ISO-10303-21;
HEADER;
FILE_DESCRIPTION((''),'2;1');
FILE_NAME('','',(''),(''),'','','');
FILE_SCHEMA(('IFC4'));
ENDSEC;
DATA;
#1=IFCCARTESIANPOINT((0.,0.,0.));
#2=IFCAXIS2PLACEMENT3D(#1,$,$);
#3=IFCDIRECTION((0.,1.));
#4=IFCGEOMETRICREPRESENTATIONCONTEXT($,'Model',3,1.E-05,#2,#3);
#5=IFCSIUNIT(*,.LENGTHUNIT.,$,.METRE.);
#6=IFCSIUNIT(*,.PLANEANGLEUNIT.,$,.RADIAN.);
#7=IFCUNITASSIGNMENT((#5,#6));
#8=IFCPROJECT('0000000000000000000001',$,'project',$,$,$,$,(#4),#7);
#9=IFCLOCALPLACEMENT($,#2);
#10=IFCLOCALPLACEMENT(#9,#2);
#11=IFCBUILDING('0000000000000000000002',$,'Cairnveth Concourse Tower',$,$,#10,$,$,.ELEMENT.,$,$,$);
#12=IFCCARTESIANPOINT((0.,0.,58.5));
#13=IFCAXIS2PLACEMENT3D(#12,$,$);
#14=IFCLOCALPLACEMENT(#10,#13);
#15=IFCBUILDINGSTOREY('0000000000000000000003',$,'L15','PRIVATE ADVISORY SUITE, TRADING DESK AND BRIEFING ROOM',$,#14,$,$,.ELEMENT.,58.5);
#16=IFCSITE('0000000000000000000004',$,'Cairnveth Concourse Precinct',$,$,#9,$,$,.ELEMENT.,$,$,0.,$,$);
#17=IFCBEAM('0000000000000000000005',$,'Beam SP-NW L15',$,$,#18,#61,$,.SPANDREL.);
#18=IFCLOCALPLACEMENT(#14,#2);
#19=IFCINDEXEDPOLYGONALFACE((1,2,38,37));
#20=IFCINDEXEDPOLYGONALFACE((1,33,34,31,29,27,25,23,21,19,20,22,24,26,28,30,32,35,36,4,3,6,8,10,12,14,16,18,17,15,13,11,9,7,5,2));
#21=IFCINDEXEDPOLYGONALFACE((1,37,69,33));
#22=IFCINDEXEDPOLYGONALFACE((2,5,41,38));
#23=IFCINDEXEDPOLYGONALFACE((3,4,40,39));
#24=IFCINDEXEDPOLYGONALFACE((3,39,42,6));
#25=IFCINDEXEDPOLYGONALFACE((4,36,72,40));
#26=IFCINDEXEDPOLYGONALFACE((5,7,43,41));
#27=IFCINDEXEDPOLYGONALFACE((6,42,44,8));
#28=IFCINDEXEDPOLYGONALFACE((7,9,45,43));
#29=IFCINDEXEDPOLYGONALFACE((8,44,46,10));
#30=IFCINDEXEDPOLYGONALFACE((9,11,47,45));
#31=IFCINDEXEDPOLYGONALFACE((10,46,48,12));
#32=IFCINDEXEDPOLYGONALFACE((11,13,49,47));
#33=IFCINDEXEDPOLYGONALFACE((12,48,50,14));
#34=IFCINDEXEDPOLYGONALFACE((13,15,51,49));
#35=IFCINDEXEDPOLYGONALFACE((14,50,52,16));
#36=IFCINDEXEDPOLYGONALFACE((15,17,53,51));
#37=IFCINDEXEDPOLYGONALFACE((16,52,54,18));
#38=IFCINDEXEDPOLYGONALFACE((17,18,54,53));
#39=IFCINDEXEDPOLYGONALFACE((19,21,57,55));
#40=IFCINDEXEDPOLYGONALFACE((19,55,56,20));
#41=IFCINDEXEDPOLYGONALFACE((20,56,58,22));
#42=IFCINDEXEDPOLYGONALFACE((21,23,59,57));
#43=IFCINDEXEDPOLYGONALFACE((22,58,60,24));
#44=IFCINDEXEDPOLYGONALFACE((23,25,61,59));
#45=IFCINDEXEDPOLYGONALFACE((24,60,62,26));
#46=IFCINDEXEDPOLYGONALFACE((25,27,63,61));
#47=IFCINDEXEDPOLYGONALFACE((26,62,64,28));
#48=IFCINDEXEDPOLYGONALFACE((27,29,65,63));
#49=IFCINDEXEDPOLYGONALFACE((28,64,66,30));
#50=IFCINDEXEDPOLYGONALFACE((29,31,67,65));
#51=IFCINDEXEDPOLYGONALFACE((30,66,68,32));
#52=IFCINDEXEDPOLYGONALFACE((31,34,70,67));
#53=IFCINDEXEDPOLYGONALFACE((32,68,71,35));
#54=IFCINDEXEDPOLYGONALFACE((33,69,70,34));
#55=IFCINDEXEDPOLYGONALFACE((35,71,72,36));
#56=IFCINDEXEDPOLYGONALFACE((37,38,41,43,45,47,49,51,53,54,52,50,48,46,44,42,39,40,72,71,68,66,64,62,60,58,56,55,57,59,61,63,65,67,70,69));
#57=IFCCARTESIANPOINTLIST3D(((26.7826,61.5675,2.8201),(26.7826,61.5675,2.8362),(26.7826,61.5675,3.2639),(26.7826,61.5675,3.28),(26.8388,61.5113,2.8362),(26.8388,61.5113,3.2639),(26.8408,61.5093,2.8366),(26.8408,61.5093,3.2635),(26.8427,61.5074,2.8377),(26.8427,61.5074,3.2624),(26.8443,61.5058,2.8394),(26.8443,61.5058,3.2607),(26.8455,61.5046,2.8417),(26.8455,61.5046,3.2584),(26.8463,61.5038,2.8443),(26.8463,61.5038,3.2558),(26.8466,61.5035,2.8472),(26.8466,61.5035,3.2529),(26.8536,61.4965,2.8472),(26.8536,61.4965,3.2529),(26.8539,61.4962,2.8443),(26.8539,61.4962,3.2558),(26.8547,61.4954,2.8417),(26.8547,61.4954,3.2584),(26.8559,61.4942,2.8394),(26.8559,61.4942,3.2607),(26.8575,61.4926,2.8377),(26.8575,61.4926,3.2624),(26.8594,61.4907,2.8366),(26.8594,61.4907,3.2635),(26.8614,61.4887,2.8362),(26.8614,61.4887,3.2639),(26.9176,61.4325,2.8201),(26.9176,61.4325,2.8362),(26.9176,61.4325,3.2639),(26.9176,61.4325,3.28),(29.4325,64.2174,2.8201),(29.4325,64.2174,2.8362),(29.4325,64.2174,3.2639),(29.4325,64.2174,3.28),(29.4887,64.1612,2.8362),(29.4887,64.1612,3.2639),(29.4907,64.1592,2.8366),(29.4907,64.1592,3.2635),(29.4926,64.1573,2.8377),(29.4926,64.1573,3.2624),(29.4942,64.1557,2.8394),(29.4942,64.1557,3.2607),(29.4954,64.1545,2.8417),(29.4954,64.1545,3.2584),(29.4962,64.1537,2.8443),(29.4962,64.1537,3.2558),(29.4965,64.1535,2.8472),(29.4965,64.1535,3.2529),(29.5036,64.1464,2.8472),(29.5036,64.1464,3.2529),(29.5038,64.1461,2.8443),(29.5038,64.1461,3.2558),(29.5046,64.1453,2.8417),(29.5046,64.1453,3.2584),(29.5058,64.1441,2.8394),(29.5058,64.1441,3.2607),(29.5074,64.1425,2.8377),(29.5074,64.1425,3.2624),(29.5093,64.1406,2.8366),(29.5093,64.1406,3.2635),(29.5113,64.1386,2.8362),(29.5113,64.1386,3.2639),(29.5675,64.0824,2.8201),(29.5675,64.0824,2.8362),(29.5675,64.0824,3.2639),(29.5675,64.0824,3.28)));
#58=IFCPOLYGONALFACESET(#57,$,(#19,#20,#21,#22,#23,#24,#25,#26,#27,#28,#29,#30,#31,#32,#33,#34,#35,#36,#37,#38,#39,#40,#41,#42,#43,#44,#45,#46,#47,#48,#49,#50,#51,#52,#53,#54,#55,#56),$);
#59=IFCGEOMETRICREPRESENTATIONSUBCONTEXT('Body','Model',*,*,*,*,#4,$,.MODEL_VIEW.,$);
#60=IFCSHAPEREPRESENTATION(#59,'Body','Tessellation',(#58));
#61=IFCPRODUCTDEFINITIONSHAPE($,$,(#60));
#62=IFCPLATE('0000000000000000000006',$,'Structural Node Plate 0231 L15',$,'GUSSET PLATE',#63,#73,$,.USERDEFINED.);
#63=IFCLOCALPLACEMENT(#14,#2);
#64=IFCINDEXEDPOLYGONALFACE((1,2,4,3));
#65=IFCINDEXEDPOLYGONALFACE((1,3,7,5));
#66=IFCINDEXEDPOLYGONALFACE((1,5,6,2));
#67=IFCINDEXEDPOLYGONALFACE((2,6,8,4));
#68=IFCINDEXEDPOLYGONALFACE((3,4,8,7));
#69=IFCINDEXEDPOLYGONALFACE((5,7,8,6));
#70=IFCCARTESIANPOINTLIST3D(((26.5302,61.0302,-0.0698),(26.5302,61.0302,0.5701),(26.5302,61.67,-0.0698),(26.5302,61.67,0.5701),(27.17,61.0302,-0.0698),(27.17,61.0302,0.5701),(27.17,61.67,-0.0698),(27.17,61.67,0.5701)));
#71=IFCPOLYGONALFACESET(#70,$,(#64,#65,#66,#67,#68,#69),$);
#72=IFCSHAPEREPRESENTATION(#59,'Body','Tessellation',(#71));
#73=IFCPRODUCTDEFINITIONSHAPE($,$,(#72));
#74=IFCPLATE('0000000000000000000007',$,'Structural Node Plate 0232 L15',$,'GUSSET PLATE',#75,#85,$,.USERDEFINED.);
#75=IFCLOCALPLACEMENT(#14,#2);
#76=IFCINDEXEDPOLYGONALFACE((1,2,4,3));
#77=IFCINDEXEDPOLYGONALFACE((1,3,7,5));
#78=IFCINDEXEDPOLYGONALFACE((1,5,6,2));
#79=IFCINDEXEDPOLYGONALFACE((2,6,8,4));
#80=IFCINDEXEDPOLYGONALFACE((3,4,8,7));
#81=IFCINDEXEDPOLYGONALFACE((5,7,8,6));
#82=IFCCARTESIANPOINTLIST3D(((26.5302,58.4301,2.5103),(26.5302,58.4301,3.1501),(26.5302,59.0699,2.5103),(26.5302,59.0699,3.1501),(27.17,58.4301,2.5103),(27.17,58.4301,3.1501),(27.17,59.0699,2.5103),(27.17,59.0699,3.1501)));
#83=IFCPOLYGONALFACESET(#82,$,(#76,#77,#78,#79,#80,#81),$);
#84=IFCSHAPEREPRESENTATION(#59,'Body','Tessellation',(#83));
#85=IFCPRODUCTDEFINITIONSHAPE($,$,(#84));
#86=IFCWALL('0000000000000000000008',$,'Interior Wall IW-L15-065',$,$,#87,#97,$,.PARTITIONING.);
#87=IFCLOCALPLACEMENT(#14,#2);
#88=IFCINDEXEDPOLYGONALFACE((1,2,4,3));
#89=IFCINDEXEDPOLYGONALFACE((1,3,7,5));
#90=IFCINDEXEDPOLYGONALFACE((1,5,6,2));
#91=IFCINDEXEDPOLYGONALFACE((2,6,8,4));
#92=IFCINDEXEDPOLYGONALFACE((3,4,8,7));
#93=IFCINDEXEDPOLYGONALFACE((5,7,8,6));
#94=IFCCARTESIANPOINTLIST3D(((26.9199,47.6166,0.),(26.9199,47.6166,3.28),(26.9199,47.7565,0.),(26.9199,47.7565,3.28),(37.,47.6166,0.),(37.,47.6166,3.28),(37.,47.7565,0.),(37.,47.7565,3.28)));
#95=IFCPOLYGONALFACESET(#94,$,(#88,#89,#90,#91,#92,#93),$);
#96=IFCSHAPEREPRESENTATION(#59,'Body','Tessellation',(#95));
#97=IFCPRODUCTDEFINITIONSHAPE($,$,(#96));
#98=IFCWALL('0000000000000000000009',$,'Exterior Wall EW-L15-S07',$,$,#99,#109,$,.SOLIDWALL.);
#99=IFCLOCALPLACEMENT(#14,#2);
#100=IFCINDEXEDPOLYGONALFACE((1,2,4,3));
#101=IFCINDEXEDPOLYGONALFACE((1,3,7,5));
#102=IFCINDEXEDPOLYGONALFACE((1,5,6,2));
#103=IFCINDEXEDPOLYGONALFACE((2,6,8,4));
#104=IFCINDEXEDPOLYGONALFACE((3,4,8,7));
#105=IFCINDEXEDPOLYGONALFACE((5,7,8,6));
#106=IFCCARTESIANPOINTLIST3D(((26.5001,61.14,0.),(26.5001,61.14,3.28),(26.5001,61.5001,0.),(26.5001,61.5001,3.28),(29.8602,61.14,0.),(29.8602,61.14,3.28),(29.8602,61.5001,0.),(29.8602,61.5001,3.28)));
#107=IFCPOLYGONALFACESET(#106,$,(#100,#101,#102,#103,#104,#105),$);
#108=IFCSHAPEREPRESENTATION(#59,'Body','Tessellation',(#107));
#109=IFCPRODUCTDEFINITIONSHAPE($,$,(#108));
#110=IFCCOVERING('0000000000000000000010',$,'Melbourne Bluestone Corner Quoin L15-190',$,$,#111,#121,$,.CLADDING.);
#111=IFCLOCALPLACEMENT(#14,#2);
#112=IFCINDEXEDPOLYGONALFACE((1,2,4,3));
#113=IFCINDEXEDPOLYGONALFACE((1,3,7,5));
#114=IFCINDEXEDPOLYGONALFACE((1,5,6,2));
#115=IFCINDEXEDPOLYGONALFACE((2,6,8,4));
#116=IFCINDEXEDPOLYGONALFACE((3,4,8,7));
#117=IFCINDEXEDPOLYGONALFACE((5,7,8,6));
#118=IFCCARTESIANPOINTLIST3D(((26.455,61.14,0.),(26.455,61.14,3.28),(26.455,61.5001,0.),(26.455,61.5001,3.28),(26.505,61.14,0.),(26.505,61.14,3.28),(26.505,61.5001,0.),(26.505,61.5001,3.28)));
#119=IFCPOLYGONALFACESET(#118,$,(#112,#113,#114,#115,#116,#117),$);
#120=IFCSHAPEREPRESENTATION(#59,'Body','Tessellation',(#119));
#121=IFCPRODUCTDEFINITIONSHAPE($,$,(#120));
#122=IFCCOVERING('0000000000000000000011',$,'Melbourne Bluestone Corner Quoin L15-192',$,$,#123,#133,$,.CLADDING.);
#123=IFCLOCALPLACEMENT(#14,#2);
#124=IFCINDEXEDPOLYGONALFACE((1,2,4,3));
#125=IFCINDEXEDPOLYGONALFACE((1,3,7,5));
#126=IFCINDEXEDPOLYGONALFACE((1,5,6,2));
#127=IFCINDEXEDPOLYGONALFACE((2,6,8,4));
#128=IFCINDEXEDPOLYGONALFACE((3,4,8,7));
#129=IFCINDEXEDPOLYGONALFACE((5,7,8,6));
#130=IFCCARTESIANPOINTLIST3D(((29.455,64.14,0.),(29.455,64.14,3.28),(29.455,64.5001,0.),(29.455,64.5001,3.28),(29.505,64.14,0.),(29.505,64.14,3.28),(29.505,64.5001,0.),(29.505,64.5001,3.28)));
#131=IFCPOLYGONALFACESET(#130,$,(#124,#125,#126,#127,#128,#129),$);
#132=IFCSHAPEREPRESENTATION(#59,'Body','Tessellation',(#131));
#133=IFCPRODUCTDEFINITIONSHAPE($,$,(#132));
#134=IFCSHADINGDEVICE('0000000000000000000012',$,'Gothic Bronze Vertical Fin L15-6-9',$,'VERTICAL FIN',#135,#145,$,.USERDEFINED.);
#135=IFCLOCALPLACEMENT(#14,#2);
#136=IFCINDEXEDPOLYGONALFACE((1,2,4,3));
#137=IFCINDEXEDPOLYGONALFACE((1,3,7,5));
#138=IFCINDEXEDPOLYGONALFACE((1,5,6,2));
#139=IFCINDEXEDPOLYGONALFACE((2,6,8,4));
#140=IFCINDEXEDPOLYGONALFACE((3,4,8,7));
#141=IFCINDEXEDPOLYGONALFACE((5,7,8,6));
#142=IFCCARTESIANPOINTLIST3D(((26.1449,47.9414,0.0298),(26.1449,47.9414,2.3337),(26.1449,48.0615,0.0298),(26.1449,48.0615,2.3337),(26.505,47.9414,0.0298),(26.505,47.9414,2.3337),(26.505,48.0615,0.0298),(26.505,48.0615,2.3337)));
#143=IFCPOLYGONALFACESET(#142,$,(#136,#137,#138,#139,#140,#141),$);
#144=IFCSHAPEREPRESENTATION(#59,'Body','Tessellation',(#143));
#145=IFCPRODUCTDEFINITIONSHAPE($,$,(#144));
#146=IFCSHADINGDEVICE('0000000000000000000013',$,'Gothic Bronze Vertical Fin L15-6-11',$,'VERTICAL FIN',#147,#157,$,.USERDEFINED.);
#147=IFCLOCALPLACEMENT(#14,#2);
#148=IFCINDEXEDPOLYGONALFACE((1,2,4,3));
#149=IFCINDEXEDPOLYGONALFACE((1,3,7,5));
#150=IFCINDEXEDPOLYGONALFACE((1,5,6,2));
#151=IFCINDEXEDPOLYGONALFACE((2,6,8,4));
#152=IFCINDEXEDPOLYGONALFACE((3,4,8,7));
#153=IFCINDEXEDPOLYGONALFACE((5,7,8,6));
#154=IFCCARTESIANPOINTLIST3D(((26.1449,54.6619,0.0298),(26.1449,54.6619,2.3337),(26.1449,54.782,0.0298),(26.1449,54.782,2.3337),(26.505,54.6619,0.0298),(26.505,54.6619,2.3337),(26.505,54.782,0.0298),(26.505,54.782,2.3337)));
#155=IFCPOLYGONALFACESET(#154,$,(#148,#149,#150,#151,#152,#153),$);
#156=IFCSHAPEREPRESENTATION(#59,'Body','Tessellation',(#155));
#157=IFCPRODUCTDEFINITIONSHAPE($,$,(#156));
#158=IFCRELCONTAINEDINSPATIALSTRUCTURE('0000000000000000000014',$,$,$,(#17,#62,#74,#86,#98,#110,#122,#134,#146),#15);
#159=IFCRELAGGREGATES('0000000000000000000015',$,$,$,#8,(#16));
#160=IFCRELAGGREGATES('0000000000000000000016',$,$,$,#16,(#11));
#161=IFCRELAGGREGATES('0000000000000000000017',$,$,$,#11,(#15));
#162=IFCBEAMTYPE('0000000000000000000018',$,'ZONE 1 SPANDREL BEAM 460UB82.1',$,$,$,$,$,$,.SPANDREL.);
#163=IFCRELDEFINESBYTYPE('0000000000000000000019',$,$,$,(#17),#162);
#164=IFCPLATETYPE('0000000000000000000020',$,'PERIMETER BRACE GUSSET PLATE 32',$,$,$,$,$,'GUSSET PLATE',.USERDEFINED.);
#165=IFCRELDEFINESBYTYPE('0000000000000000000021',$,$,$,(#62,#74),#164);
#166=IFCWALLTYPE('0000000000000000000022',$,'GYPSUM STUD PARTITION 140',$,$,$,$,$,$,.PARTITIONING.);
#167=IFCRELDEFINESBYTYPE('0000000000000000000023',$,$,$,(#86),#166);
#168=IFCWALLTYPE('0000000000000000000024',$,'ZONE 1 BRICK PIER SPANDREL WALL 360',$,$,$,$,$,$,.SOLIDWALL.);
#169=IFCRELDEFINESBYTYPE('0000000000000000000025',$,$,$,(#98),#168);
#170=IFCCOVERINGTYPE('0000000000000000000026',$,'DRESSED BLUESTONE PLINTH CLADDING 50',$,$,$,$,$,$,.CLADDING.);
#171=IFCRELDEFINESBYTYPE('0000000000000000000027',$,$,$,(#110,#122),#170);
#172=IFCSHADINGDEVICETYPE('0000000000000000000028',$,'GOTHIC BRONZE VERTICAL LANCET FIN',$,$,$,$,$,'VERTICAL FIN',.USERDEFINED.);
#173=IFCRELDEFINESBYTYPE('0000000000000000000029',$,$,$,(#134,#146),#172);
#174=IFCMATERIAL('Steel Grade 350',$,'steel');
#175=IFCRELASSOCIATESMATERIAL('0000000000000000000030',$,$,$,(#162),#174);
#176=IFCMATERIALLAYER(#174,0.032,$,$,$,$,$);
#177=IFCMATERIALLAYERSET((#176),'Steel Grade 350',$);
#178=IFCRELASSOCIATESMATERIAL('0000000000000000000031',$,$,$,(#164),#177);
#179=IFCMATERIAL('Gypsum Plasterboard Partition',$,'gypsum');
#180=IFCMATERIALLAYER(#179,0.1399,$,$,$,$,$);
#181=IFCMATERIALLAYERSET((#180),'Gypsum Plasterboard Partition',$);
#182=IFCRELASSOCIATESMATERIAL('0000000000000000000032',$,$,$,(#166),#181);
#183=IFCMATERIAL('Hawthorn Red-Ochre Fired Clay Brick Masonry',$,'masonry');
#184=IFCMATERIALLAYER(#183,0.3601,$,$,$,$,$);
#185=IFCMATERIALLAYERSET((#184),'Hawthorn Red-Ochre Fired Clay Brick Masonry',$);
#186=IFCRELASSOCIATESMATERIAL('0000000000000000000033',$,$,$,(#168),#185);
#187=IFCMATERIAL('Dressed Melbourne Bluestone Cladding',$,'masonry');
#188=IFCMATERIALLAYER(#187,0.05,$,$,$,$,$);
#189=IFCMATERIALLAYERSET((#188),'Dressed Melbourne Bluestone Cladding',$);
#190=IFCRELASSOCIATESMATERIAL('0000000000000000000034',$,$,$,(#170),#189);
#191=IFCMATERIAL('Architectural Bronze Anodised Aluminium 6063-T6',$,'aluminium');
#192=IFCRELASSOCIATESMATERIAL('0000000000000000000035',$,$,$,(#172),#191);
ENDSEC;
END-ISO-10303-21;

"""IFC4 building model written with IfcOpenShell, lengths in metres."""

from ifc_helpers import new_model, si_unit, direction, frame, frame_2d, origin, origin_2d, place, context, subcontext, project, spatial, rectangle, i_section, extrude, material, layer, layer_set, material_profile, profile_set, type_object, element, save


model = new_model("IFC4")

# Units and contexts
model_context = context("Model", 3, precision=1e-05, world=origin(), true_north=direction((0.0, 1.0)))
body_context = subcontext(model_context, "Body", "Model", "MODEL_VIEW")
ifc_project = project(units=[si_unit("LENGTHUNIT", "METRE"), si_unit("PLANEANGLEUNIT", "RADIAN")], contexts=[model_context])

# Site, building, storey
site_placement = place(None, origin())
site = spatial("IfcSite", under=ifc_project, at=site_placement, Name="Cairnveth Concourse Precinct", CompositionType="ELEMENT", RefElevation=0.0)
building_placement = place(site_placement, origin())
building = spatial("IfcBuilding", under=site, at=building_placement, Name="Cairnveth Concourse Tower", CompositionType="ELEMENT")
storey_placement = place(building_placement, frame((0.0, 0.0, 58.5)))
storey = spatial("IfcBuildingStorey", under=building, at=storey_placement, Name="L15", Description="PRIVATE ADVISORY SUITE, TRADING DESK AND BRIEFING ROOM", CompositionType="ELEMENT", Elevation=58.5)

# Shared definitions
ifc_material_1 = material(Name="Steel Grade 350", Category="steel")

# Beam
ifc_material_profile_1 = material_profile(ifc_material_1, i_section(OverallWidth=0.1909, OverallDepth=0.46, WebThickness=0.01, FlangeThickness=0.0161, FilletRadius=0.011, at=origin_2d()), Name="460UB82.1")
ifc_profile_set_1 = profile_set([ifc_material_profile_1], Name="Steel Grade 350")
beam_type_1 = type_object("IfcBeamType", Name="ZONE 1 SPANDREL BEAM 460UB82.1", PredefinedType="SPANDREL", material=ifc_profile_set_1)
beam_1_placement = place(storey_placement, frame((26.8501, 61.5, 3.05), z_axis=(0.707107, 0.707107, 0.0), x_axis=(-0.707107, 0.707107, 0.0)))
element("IfcBeam", 1, at=beam_1_placement, inside=storey, type_object=beam_type_1, Name="Beam SP-NW L15", PredefinedType="SPANDREL", context=body_context, shape_type="SweptSolid", body=[
    extrude(i_section(OverallWidth=0.1909, OverallDepth=0.46, WebThickness=0.01, FlangeThickness=0.0161, FilletRadius=0.011, at=origin_2d()), origin(), (0.0, 0.0, 1.0), 3.7476),
])

# Plates
ifc_layer_1 = layer(ifc_material_1, 0.032)
ifc_layer_set_1 = layer_set([ifc_layer_1], Name="Steel Grade 350")
plate_type = type_object("IfcPlateType", Name="PERIMETER BRACE GUSSET PLATE 32", ElementType="GUSSET PLATE", PredefinedType="USERDEFINED", material=ifc_layer_set_1)
for number, where, z_axis, x_axis, name in (
    (2, (26.8501, 61.3501, -0.0698), (0.0, 0.0, 1.0), (1.0, 0.0, 0.0), "Structural Node Plate 0231 L15"),
    (3, (26.8501, 58.75, 2.5103), (0.0, 0.0, 1.0), (1.0, 0.0, 0.0), "Structural Node Plate 0232 L15"),
):
    element("IfcPlate", number, at=place(storey_placement, frame(where, z_axis=z_axis, x_axis=x_axis)), inside=storey, type_object=plate_type, Name=name, ObjectType="GUSSET PLATE", PredefinedType="USERDEFINED", context=body_context, shape_type="SweptSolid", body=[
        extrude(rectangle(XDim=0.6399, YDim=0.6399, at=origin_2d()), origin(), (0.0, 0.0, 1.0), 0.6399),
    ])

# Walls
ifc_material_2 = material(Name="Gypsum Plasterboard Partition", Category="gypsum")
ifc_layer_2 = layer(ifc_material_2, 0.1399)
ifc_layer_set_2 = layer_set([ifc_layer_2], Name="Gypsum Plasterboard Partition")
wall_type_1 = type_object("IfcWallType", Name="GYPSUM STUD PARTITION 140", PredefinedType="PARTITIONING", material=ifc_layer_set_2)
wall_1_placement = place(storey_placement, frame((26.9199, 47.6865, 0.0), z_axis=(0.0, 0.0, 1.0), x_axis=(1.0, 0.0, 0.0)))
element("IfcWall", 4, at=wall_1_placement, inside=storey, type_object=wall_type_1, Name="Interior Wall IW-L15-065", PredefinedType="PARTITIONING", context=body_context, shape_type="SweptSolid", body=[
    extrude(rectangle(XDim=10.0801, YDim=0.1399, at=frame_2d((5.04, 0.0))), origin(), (0.0, 0.0, 1.0), 3.28),
])
ifc_material_3 = material(Name="Hawthorn Red-Ochre Fired Clay Brick Masonry", Category="masonry")
ifc_layer_3 = layer(ifc_material_3, 0.3601)
ifc_layer_set_3 = layer_set([ifc_layer_3], Name="Hawthorn Red-Ochre Fired Clay Brick Masonry")
wall_type_2 = type_object("IfcWallType", Name="ZONE 1 BRICK PIER SPANDREL WALL 360", PredefinedType="SOLIDWALL", material=ifc_layer_set_3)
wall_2_placement = place(storey_placement, frame((26.5, 61.3201, 0.0), z_axis=(0.0, 0.0, 1.0), x_axis=(1.0, 0.0, 0.0)))
element("IfcWall", 5, at=wall_2_placement, inside=storey, type_object=wall_type_2, Name="Exterior Wall EW-L15-S07", PredefinedType="SOLIDWALL", context=body_context, shape_type="SweptSolid", body=[
    extrude(rectangle(XDim=3.3601, YDim=0.3601, at=frame_2d((1.6802, 0.0))), origin(), (0.0, 0.0, 1.0), 3.28),
])

# Coverings
ifc_material_4 = material(Name="Dressed Melbourne Bluestone Cladding", Category="masonry")
ifc_layer_4 = layer(ifc_material_4, 0.05)
ifc_layer_set_4 = layer_set([ifc_layer_4], Name="Dressed Melbourne Bluestone Cladding")
covering_type = type_object("IfcCoveringType", Name="DRESSED BLUESTONE PLINTH CLADDING 50", PredefinedType="CLADDING", material=ifc_layer_set_4)
for number, where, z_axis, x_axis, name in (
    (6, (26.48, 61.1399, 0.0), (0.0, 0.0, 1.0), (0.0, 1.0, 0.0), "Melbourne Bluestone Corner Quoin L15-190"),
    (7, (29.48, 64.1399, 0.0), (0.0, 0.0, 1.0), (0.0, 1.0, 0.0), "Melbourne Bluestone Corner Quoin L15-192"),
):
    element("IfcCovering", number, at=place(storey_placement, frame(where, z_axis=z_axis, x_axis=x_axis)), inside=storey, type_object=covering_type, Name=name, PredefinedType="CLADDING", context=body_context, shape_type="SweptSolid", body=[
        extrude(rectangle(XDim=0.3601, YDim=0.05, at=frame_2d((0.1802, 0.0))), origin(), (0.0, 0.0, 1.0), 3.28),
    ])

# Shading devices
ifc_material_5 = material(Name="Architectural Bronze Anodised Aluminium 6063-T6", Category="aluminium")
shading_device_type = type_object("IfcShadingDeviceType", Name="GOTHIC BRONZE VERTICAL LANCET FIN", ElementType="VERTICAL FIN", PredefinedType="USERDEFINED", material=ifc_material_5)
for number, where, z_axis, x_axis, name in (
    (8, (26.325, 48.0015, 0.0298), (0.0, 0.0, 1.0), (0.0, 1.0, 0.0), "Gothic Bronze Vertical Fin L15-6-9"),
    (9, (26.325, 54.7219, 0.0298), (0.0, 0.0, 1.0), (0.0, 1.0, 0.0), "Gothic Bronze Vertical Fin L15-6-11"),
):
    element("IfcShadingDevice", number, at=place(storey_placement, frame(where, z_axis=z_axis, x_axis=x_axis)), inside=storey, type_object=shading_device_type, Name=name, ObjectType="VERTICAL FIN", PredefinedType="USERDEFINED", context=body_context, shape_type="SweptSolid", body=[
        extrude(rectangle(XDim=0.1201, YDim=0.3601, at=origin_2d()), origin(), (0.0, 0.0, 1.0), 2.304),
    ])

save(model, "model.ifc")
